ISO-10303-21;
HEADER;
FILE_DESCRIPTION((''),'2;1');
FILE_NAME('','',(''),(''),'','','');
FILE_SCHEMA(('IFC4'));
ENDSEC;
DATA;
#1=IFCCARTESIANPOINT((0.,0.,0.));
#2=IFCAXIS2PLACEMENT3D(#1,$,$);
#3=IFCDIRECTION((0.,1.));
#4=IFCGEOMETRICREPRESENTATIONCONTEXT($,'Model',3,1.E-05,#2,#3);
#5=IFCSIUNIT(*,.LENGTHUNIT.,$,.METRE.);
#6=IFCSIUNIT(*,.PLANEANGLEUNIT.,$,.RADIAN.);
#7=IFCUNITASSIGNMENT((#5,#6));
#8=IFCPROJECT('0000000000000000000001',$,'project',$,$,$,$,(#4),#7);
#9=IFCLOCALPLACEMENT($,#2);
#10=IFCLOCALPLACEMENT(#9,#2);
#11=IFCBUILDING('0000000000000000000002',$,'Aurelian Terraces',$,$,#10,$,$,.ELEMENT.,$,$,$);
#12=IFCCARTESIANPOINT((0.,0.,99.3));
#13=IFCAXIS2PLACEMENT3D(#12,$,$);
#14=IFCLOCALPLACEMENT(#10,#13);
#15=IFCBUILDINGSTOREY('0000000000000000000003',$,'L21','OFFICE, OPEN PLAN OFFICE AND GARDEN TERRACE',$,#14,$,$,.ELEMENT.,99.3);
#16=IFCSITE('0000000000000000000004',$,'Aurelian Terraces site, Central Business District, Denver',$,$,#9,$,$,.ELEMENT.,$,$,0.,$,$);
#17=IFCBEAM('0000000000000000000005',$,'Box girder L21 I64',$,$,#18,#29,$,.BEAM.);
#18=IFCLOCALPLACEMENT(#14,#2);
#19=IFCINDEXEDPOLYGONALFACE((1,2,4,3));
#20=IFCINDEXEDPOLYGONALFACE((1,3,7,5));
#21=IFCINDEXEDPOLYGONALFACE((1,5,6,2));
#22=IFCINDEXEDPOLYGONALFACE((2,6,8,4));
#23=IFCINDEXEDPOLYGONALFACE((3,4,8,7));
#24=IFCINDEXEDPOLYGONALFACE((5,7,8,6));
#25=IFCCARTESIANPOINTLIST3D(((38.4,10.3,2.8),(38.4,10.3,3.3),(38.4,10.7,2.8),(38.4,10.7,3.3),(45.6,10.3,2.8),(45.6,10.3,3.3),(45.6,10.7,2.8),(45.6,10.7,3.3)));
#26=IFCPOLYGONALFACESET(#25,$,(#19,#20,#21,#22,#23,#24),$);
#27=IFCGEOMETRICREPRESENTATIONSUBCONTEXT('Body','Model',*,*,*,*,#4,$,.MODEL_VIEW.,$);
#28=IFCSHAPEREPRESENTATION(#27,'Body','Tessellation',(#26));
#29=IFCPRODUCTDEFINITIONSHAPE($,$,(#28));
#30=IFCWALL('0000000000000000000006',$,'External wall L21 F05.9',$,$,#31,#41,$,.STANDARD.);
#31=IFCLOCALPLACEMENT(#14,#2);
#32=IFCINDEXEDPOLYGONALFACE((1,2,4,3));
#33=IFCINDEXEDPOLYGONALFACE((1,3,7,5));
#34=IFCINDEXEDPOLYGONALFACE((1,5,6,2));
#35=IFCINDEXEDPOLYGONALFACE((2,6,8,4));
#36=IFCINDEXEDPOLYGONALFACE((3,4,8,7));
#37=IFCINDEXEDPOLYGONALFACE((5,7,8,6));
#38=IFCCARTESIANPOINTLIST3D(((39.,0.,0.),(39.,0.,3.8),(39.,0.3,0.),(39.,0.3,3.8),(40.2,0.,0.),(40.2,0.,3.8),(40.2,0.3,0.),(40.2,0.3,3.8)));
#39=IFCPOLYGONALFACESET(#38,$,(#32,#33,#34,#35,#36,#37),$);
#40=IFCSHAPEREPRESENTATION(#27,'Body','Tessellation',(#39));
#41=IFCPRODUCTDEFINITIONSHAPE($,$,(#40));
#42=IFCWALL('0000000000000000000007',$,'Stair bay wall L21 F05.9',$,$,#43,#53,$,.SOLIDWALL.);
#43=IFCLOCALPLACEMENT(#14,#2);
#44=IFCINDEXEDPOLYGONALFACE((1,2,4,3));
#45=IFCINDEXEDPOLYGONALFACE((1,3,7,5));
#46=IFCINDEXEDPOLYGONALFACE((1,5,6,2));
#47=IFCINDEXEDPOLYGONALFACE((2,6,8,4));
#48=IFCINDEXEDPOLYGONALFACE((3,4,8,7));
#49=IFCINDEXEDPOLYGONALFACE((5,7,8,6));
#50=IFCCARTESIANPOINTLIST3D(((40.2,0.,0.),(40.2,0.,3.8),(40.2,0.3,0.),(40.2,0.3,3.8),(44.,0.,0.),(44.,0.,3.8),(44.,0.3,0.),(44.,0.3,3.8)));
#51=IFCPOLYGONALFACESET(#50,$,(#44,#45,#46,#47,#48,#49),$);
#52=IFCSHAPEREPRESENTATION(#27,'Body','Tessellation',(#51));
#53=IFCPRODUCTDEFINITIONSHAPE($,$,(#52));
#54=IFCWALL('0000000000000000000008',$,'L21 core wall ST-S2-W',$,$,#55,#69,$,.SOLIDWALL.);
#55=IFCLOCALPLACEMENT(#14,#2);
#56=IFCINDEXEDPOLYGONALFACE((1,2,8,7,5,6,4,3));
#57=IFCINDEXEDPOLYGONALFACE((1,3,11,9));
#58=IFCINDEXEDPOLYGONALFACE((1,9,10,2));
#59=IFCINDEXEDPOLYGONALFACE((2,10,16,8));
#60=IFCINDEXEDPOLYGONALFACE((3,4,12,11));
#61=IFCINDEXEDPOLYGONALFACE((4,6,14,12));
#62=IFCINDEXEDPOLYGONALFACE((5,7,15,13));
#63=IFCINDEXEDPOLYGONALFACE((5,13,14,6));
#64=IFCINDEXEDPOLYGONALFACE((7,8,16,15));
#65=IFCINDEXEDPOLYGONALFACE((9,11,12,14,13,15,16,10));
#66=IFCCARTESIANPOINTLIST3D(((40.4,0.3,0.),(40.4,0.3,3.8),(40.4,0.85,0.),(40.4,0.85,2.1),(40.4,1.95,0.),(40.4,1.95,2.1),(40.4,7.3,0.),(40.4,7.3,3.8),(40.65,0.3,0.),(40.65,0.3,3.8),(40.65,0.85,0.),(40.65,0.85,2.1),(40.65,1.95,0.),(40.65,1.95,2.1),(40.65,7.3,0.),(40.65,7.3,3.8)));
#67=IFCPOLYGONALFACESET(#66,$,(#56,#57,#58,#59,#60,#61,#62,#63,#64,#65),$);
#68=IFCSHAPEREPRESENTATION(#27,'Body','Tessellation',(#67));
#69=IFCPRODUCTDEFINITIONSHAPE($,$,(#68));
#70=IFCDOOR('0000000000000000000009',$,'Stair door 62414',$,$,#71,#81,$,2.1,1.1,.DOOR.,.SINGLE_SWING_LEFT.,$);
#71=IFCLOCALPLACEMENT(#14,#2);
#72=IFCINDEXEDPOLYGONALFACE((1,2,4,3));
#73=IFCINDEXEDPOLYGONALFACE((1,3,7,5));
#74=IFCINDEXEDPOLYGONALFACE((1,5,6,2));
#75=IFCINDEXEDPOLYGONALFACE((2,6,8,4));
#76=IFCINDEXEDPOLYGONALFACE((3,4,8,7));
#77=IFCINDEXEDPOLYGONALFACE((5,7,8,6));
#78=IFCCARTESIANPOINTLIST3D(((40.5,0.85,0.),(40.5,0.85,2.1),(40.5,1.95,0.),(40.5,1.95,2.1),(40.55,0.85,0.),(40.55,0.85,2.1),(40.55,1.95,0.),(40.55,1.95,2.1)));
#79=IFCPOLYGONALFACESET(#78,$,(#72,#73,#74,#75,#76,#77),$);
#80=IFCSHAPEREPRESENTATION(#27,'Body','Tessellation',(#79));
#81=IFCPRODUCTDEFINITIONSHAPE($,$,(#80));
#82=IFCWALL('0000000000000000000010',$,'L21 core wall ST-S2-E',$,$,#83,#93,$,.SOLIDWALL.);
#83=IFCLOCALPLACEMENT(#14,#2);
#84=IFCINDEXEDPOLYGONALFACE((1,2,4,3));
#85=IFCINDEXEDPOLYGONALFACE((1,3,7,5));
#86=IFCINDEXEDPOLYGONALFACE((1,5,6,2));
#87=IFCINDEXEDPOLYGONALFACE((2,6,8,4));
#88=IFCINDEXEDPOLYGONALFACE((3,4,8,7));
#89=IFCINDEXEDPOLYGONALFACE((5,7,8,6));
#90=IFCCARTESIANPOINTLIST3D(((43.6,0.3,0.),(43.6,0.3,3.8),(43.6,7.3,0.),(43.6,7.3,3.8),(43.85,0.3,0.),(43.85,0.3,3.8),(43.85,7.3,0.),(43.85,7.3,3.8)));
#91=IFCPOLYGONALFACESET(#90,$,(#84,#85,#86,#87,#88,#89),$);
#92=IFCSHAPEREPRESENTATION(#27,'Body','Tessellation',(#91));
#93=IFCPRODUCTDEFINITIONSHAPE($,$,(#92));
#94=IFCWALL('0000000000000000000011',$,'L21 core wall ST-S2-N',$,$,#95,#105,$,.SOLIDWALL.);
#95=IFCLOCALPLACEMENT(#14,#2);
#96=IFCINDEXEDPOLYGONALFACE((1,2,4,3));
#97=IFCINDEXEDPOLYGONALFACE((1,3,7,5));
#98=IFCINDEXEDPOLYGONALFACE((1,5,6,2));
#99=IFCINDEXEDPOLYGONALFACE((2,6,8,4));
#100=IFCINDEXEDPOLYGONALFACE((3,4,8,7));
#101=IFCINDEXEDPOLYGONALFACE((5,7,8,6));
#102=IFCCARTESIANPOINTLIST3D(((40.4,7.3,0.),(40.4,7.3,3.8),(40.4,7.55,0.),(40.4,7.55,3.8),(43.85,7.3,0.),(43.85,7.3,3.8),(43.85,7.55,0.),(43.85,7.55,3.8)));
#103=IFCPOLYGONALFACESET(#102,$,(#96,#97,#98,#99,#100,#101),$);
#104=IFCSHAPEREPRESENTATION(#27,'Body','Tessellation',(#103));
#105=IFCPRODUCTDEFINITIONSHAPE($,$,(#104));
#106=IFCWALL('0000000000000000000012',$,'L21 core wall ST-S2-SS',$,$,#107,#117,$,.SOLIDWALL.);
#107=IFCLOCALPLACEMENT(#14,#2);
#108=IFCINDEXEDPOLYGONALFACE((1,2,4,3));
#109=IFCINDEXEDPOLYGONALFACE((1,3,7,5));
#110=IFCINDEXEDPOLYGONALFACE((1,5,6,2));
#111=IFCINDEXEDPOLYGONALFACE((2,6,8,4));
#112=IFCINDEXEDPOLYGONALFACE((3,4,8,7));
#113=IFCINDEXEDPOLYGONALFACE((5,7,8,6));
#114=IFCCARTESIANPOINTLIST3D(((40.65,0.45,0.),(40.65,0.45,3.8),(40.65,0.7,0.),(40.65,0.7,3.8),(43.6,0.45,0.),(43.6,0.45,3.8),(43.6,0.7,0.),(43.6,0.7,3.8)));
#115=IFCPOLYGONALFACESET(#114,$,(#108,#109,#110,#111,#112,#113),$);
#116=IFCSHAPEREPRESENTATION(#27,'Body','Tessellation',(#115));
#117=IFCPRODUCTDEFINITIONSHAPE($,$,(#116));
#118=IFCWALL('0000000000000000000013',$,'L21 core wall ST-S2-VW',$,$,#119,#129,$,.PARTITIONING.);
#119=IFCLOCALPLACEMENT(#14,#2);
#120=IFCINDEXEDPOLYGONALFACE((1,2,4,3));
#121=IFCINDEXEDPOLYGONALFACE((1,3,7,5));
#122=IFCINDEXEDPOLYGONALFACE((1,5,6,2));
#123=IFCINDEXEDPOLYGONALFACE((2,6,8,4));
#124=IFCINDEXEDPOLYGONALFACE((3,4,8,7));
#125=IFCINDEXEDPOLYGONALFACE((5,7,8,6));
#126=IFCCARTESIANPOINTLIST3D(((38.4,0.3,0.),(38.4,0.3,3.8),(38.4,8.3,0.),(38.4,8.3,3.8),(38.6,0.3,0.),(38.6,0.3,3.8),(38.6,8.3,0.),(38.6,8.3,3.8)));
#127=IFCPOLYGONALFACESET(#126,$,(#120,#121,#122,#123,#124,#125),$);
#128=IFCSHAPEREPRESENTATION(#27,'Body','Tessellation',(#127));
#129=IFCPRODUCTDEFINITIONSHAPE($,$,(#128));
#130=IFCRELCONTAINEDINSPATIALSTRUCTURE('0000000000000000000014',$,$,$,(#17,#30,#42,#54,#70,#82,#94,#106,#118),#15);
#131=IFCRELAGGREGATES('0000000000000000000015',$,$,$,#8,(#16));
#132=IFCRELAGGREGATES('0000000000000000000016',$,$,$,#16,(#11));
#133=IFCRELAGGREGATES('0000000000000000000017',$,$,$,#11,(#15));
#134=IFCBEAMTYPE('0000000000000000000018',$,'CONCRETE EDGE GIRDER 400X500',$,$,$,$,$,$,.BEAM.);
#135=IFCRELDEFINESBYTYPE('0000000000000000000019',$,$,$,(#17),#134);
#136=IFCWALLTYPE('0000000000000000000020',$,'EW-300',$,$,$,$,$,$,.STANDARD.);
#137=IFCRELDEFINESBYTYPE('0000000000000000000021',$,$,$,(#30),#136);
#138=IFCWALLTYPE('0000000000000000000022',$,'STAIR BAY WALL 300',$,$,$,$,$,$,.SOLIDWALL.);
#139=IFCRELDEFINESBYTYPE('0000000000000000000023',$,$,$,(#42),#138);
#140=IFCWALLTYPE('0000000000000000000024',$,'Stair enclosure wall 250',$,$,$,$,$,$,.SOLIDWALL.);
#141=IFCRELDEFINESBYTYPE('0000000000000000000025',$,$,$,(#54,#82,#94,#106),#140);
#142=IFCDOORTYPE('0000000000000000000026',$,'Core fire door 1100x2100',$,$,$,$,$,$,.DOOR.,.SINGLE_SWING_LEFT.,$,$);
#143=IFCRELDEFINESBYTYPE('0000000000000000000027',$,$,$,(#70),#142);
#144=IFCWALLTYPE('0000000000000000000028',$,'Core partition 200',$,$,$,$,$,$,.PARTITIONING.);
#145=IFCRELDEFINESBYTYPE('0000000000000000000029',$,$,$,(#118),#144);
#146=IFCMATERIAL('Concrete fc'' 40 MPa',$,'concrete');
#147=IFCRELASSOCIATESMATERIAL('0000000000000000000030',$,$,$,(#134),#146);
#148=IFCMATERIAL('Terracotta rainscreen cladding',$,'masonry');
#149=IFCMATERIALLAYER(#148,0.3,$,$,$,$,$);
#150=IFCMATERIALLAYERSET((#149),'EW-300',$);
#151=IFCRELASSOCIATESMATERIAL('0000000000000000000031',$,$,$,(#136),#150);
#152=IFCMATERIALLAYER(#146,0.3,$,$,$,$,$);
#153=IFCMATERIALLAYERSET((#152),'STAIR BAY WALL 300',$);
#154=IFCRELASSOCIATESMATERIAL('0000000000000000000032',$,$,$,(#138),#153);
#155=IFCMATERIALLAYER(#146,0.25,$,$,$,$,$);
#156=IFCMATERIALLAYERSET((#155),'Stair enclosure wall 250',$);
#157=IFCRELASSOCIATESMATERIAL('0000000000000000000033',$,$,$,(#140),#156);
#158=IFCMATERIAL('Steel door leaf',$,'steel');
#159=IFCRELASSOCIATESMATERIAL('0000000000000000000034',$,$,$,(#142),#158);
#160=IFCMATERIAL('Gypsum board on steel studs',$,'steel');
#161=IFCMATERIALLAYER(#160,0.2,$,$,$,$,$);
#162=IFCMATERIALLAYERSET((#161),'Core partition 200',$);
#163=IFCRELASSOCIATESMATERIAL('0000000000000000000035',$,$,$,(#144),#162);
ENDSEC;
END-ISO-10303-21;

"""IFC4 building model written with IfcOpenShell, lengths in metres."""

from ifc_helpers import new_model, si_unit, direction, frame, frame_2d, origin, origin_2d, place, context, subcontext, project, spatial, rectangle, extrude, source, transform, mapped, material, layer, layer_set, material_profile, profile_set, type_object, element, fill, save


model = new_model("IFC4")

# Units and contexts
model_context = context("Model", 3, precision=1e-05, world=origin(), true_north=direction((0.0, 1.0)))
body_context = subcontext(model_context, "Body", "Model", "MODEL_VIEW")
ifc_project = project(units=[si_unit("LENGTHUNIT", "METRE"), si_unit("PLANEANGLEUNIT", "RADIAN")], contexts=[model_context])

# Site, building, storey
site_placement = place(None, origin())
site = spatial("IfcSite", under=ifc_project, at=site_placement, Name="Aurelian Terraces site, Central Business District, Denver", CompositionType="ELEMENT", RefElevation=0.0)
building_placement = place(site_placement, origin())
building = spatial("IfcBuilding", under=site, at=building_placement, Name="Aurelian Terraces", CompositionType="ELEMENT")
storey_placement = place(building_placement, frame((0.0, 0.0, 99.3)))
storey = spatial("IfcBuildingStorey", under=building, at=storey_placement, Name="L21", Description="OFFICE, OPEN PLAN OFFICE AND GARDEN TERRACE", CompositionType="ELEMENT", Elevation=99.3)

# Beam
ifc_material_1 = material(Name="Concrete fc' 40 MPa", Category="concrete")
ifc_material_profile = material_profile(ifc_material_1, rectangle(XDim=0.4, YDim=0.5, at=origin_2d()))
ifc_profile_set = profile_set([ifc_material_profile], Name="Concrete fc' 40 MPa")
beam_type = type_object("IfcBeamType", Name="CONCRETE EDGE GIRDER 400X500", PredefinedType="BEAM", material=ifc_profile_set)
shared_shape_1 = source(origin(), body_context, "Body", "SweptSolid", [
    extrude(rectangle(XDim=0.4, YDim=0.5, at=origin_2d()), origin(), (0.0, 0.0, 1.0), 7.2),
])
beam_placement = place(storey_placement, frame((38.4, 10.5, 3.05), z_axis=(1.0, 0.0, 0.0), x_axis=(0.0, 1.0, 0.0)))
element("IfcBeam", 1, at=beam_placement, inside=storey, type_object=beam_type, Name="Box girder L21 I64", PredefinedType="BEAM", context=body_context, shape_type="MappedRepresentation", body=[
    mapped(shared_shape_1, transform((0.0, 0.0, 0.0), scale=1.0)),
])

# Walls
ifc_material_2 = material(Name="Terracotta rainscreen cladding", Category="masonry")
ifc_layer_1 = layer(ifc_material_2, 0.3)
ifc_layer_set_1 = layer_set([ifc_layer_1], Name="EW-300")
wall_type_1 = type_object("IfcWallType", Name="EW-300", PredefinedType="STANDARD", material=ifc_layer_set_1)
shared_shape_2 = source(origin(), body_context, "Body", "SweptSolid", [
    extrude(rectangle(XDim=1.2, YDim=0.3, at=frame_2d((0.6, 0.0))), origin(), (0.0, 0.0, 1.0), 3.8),
])
wall_1_placement = place(storey_placement, frame((39.0, 0.15, 0.0), z_axis=(0.0, 0.0, 1.0), x_axis=(1.0, 0.0, 0.0)))
element("IfcWall", 2, at=wall_1_placement, inside=storey, type_object=wall_type_1, Name="External wall L21 F05.9", PredefinedType="STANDARD", context=body_context, shape_type="MappedRepresentation", body=[
    mapped(shared_shape_2, transform((0.0, 0.0, 0.0), scale=1.0)),
])
ifc_layer_2 = layer(ifc_material_1, 0.3)
ifc_layer_set_2 = layer_set([ifc_layer_2], Name="STAIR BAY WALL 300")
wall_type_2 = type_object("IfcWallType", Name="STAIR BAY WALL 300", PredefinedType="SOLIDWALL", material=ifc_layer_set_2)
shared_shape_3 = source(origin(), body_context, "Body", "SweptSolid", [
    extrude(rectangle(XDim=3.8, YDim=0.3, at=frame_2d((1.9, 0.0))), origin(), (0.0, 0.0, 1.0), 3.8),
])
wall_2_placement = place(storey_placement, frame((40.2, 0.15, 0.0), z_axis=(0.0, 0.0, 1.0), x_axis=(1.0, 0.0, 0.0)))
element("IfcWall", 3, at=wall_2_placement, inside=storey, type_object=wall_type_2, Name="Stair bay wall L21 F05.9", PredefinedType="SOLIDWALL", context=body_context, shape_type="MappedRepresentation", body=[
    mapped(shared_shape_3, transform((0.0, 0.0, 0.0), scale=1.0)),
])

# Wall, opening, door
ifc_layer_3 = layer(ifc_material_1, 0.25)
ifc_layer_set_3 = layer_set([ifc_layer_3], Name="Stair enclosure wall 250")
wall_type_3 = type_object("IfcWallType", Name="Stair enclosure wall 250", PredefinedType="SOLIDWALL", material=ifc_layer_set_3)
shared_shape_4 = source(origin(), body_context, "Body", "SweptSolid", [
    extrude(rectangle(XDim=7.0, YDim=0.25, at=frame_2d((3.5, 0.0))), origin(), (0.0, 0.0, 1.0), 3.8),
])
wall_3_placement = place(storey_placement, frame((40.525, 0.3, 0.0), z_axis=(0.0, 0.0, 1.0), x_axis=(0.0, 1.0, 0.0)))
wall_3 = element("IfcWall", 4, at=wall_3_placement, inside=storey, type_object=wall_type_3, Name="L21 core wall ST-S2-W", PredefinedType="SOLIDWALL", context=body_context, shape_type="MappedRepresentation", body=[
    mapped(shared_shape_4, transform((0.0, 0.0, 0.0), scale=1.0)),
])
shared_shape_5 = source(origin(), body_context, "Body", "SweptSolid", [
    extrude(rectangle(XDim=1.1, YDim=2.1, at=frame_2d((0.55, 1.05))), frame((0.0, 0.135, 0.0), z_axis=(0.0, -1.0, 0.0), x_axis=(1.0, 0.0, 0.0)), (0.0, 0.0, 1.0), 0.27),
])
opening_1_placement = place(wall_3_placement, frame((0.55, 0.0, 0.0)))
opening_1 = element("IfcOpeningElement", 5, at=opening_1_placement, cuts=wall_3, PredefinedType="OPENING", context=body_context, shape_type="MappedRepresentation", body=[
    mapped(shared_shape_5, transform((0.0, 0.0, 0.0), scale=1.0)),
])
ifc_material_3 = material(Name="Steel door leaf", Category="steel")
door_type_1 = type_object("IfcDoorType", Name="Core fire door 1100x2100", OperationType="SINGLE_SWING_LEFT", PredefinedType="DOOR", material=ifc_material_3)
shared_shape_6 = source(origin(), body_context, "Body", "SweptSolid", [
    extrude(rectangle(XDim=1.1, YDim=2.1, at=frame_2d((0.55, 1.05))), frame((0.0, 0.025, 0.0), z_axis=(0.0, -1.0, 0.0), x_axis=(1.0, 0.0, 0.0)), (0.0, 0.0, 1.0), 0.05),
])
door_1_placement = place(opening_1_placement, origin())
door_1 = element("IfcDoor", 6, at=door_1_placement, inside=storey, type_object=door_type_1, Name="Stair door 62414", OperationType="SINGLE_SWING_LEFT", OverallHeight=2.1, OverallWidth=1.1, PredefinedType="DOOR", context=body_context, shape_type="MappedRepresentation", body=[
    mapped(shared_shape_6, transform((0.0, 0.0, 0.0), scale=1.0)),
])
fill(opening_1, door_1)

# Walls
wall_4_placement = place(storey_placement, frame((43.725, 0.3, 0.0), z_axis=(0.0, 0.0, 1.0), x_axis=(0.0, 1.0, 0.0)))
element("IfcWall", 7, at=wall_4_placement, inside=storey, type_object=wall_type_3, Name="L21 core wall ST-S2-E", PredefinedType="SOLIDWALL", context=body_context, shape_type="MappedRepresentation", body=[
    mapped(shared_shape_4, transform((0.0, 0.0, 0.0), scale=1.0)),
])
shared_shape_7 = source(origin(), body_context, "Body", "SweptSolid", [
    extrude(rectangle(XDim=3.45, YDim=0.25, at=frame_2d((1.725, 0.0))), origin(), (0.0, 0.0, 1.0), 3.8),
])
wall_5_placement = place(storey_placement, frame((40.4, 7.425, 0.0), z_axis=(0.0, 0.0, 1.0), x_axis=(1.0, 0.0, 0.0)))
element("IfcWall", 8, at=wall_5_placement, inside=storey, type_object=wall_type_3, Name="L21 core wall ST-S2-N", PredefinedType="SOLIDWALL", context=body_context, shape_type="MappedRepresentation", body=[
    mapped(shared_shape_7, transform((0.0, 0.0, 0.0), scale=1.0)),
])
shared_shape_8 = source(origin(), body_context, "Body", "SweptSolid", [
    extrude(rectangle(XDim=2.95, YDim=0.25, at=frame_2d((1.475, 0.0))), origin(), (0.0, 0.0, 1.0), 3.8),
])
wall_6_placement = place(storey_placement, frame((40.65, 0.575, 0.0), z_axis=(0.0, 0.0, 1.0), x_axis=(1.0, 0.0, 0.0)))
element("IfcWall", 9, at=wall_6_placement, inside=storey, type_object=wall_type_3, Name="L21 core wall ST-S2-SS", PredefinedType="SOLIDWALL", context=body_context, shape_type="MappedRepresentation", body=[
    mapped(shared_shape_8, transform((0.0, 0.0, 0.0), scale=1.0)),
])
ifc_material_4 = material(Name="Gypsum board on steel studs", Category="steel")
ifc_layer_4 = layer(ifc_material_4, 0.2)
ifc_layer_set_4 = layer_set([ifc_layer_4], Name="Core partition 200")
wall_type_4 = type_object("IfcWallType", Name="Core partition 200", PredefinedType="PARTITIONING", material=ifc_layer_set_4)
shared_shape_9 = source(origin(), body_context, "Body", "SweptSolid", [
    extrude(rectangle(XDim=8.0, YDim=0.2, at=frame_2d((4.0, 0.0))), origin(), (0.0, 0.0, 1.0), 3.8),
])
wall_7_placement = place(storey_placement, frame((38.5, 0.3, 0.0), z_axis=(0.0, 0.0, 1.0), x_axis=(0.0, 1.0, 0.0)))
element("IfcWall", 10, at=wall_7_placement, inside=storey, type_object=wall_type_4, Name="L21 core wall ST-S2-VW", PredefinedType="PARTITIONING", context=body_context, shape_type="MappedRepresentation", body=[
    mapped(shared_shape_9, transform((0.0, 0.0, 0.0), scale=1.0)),
])

save(model, "model.ifc")
